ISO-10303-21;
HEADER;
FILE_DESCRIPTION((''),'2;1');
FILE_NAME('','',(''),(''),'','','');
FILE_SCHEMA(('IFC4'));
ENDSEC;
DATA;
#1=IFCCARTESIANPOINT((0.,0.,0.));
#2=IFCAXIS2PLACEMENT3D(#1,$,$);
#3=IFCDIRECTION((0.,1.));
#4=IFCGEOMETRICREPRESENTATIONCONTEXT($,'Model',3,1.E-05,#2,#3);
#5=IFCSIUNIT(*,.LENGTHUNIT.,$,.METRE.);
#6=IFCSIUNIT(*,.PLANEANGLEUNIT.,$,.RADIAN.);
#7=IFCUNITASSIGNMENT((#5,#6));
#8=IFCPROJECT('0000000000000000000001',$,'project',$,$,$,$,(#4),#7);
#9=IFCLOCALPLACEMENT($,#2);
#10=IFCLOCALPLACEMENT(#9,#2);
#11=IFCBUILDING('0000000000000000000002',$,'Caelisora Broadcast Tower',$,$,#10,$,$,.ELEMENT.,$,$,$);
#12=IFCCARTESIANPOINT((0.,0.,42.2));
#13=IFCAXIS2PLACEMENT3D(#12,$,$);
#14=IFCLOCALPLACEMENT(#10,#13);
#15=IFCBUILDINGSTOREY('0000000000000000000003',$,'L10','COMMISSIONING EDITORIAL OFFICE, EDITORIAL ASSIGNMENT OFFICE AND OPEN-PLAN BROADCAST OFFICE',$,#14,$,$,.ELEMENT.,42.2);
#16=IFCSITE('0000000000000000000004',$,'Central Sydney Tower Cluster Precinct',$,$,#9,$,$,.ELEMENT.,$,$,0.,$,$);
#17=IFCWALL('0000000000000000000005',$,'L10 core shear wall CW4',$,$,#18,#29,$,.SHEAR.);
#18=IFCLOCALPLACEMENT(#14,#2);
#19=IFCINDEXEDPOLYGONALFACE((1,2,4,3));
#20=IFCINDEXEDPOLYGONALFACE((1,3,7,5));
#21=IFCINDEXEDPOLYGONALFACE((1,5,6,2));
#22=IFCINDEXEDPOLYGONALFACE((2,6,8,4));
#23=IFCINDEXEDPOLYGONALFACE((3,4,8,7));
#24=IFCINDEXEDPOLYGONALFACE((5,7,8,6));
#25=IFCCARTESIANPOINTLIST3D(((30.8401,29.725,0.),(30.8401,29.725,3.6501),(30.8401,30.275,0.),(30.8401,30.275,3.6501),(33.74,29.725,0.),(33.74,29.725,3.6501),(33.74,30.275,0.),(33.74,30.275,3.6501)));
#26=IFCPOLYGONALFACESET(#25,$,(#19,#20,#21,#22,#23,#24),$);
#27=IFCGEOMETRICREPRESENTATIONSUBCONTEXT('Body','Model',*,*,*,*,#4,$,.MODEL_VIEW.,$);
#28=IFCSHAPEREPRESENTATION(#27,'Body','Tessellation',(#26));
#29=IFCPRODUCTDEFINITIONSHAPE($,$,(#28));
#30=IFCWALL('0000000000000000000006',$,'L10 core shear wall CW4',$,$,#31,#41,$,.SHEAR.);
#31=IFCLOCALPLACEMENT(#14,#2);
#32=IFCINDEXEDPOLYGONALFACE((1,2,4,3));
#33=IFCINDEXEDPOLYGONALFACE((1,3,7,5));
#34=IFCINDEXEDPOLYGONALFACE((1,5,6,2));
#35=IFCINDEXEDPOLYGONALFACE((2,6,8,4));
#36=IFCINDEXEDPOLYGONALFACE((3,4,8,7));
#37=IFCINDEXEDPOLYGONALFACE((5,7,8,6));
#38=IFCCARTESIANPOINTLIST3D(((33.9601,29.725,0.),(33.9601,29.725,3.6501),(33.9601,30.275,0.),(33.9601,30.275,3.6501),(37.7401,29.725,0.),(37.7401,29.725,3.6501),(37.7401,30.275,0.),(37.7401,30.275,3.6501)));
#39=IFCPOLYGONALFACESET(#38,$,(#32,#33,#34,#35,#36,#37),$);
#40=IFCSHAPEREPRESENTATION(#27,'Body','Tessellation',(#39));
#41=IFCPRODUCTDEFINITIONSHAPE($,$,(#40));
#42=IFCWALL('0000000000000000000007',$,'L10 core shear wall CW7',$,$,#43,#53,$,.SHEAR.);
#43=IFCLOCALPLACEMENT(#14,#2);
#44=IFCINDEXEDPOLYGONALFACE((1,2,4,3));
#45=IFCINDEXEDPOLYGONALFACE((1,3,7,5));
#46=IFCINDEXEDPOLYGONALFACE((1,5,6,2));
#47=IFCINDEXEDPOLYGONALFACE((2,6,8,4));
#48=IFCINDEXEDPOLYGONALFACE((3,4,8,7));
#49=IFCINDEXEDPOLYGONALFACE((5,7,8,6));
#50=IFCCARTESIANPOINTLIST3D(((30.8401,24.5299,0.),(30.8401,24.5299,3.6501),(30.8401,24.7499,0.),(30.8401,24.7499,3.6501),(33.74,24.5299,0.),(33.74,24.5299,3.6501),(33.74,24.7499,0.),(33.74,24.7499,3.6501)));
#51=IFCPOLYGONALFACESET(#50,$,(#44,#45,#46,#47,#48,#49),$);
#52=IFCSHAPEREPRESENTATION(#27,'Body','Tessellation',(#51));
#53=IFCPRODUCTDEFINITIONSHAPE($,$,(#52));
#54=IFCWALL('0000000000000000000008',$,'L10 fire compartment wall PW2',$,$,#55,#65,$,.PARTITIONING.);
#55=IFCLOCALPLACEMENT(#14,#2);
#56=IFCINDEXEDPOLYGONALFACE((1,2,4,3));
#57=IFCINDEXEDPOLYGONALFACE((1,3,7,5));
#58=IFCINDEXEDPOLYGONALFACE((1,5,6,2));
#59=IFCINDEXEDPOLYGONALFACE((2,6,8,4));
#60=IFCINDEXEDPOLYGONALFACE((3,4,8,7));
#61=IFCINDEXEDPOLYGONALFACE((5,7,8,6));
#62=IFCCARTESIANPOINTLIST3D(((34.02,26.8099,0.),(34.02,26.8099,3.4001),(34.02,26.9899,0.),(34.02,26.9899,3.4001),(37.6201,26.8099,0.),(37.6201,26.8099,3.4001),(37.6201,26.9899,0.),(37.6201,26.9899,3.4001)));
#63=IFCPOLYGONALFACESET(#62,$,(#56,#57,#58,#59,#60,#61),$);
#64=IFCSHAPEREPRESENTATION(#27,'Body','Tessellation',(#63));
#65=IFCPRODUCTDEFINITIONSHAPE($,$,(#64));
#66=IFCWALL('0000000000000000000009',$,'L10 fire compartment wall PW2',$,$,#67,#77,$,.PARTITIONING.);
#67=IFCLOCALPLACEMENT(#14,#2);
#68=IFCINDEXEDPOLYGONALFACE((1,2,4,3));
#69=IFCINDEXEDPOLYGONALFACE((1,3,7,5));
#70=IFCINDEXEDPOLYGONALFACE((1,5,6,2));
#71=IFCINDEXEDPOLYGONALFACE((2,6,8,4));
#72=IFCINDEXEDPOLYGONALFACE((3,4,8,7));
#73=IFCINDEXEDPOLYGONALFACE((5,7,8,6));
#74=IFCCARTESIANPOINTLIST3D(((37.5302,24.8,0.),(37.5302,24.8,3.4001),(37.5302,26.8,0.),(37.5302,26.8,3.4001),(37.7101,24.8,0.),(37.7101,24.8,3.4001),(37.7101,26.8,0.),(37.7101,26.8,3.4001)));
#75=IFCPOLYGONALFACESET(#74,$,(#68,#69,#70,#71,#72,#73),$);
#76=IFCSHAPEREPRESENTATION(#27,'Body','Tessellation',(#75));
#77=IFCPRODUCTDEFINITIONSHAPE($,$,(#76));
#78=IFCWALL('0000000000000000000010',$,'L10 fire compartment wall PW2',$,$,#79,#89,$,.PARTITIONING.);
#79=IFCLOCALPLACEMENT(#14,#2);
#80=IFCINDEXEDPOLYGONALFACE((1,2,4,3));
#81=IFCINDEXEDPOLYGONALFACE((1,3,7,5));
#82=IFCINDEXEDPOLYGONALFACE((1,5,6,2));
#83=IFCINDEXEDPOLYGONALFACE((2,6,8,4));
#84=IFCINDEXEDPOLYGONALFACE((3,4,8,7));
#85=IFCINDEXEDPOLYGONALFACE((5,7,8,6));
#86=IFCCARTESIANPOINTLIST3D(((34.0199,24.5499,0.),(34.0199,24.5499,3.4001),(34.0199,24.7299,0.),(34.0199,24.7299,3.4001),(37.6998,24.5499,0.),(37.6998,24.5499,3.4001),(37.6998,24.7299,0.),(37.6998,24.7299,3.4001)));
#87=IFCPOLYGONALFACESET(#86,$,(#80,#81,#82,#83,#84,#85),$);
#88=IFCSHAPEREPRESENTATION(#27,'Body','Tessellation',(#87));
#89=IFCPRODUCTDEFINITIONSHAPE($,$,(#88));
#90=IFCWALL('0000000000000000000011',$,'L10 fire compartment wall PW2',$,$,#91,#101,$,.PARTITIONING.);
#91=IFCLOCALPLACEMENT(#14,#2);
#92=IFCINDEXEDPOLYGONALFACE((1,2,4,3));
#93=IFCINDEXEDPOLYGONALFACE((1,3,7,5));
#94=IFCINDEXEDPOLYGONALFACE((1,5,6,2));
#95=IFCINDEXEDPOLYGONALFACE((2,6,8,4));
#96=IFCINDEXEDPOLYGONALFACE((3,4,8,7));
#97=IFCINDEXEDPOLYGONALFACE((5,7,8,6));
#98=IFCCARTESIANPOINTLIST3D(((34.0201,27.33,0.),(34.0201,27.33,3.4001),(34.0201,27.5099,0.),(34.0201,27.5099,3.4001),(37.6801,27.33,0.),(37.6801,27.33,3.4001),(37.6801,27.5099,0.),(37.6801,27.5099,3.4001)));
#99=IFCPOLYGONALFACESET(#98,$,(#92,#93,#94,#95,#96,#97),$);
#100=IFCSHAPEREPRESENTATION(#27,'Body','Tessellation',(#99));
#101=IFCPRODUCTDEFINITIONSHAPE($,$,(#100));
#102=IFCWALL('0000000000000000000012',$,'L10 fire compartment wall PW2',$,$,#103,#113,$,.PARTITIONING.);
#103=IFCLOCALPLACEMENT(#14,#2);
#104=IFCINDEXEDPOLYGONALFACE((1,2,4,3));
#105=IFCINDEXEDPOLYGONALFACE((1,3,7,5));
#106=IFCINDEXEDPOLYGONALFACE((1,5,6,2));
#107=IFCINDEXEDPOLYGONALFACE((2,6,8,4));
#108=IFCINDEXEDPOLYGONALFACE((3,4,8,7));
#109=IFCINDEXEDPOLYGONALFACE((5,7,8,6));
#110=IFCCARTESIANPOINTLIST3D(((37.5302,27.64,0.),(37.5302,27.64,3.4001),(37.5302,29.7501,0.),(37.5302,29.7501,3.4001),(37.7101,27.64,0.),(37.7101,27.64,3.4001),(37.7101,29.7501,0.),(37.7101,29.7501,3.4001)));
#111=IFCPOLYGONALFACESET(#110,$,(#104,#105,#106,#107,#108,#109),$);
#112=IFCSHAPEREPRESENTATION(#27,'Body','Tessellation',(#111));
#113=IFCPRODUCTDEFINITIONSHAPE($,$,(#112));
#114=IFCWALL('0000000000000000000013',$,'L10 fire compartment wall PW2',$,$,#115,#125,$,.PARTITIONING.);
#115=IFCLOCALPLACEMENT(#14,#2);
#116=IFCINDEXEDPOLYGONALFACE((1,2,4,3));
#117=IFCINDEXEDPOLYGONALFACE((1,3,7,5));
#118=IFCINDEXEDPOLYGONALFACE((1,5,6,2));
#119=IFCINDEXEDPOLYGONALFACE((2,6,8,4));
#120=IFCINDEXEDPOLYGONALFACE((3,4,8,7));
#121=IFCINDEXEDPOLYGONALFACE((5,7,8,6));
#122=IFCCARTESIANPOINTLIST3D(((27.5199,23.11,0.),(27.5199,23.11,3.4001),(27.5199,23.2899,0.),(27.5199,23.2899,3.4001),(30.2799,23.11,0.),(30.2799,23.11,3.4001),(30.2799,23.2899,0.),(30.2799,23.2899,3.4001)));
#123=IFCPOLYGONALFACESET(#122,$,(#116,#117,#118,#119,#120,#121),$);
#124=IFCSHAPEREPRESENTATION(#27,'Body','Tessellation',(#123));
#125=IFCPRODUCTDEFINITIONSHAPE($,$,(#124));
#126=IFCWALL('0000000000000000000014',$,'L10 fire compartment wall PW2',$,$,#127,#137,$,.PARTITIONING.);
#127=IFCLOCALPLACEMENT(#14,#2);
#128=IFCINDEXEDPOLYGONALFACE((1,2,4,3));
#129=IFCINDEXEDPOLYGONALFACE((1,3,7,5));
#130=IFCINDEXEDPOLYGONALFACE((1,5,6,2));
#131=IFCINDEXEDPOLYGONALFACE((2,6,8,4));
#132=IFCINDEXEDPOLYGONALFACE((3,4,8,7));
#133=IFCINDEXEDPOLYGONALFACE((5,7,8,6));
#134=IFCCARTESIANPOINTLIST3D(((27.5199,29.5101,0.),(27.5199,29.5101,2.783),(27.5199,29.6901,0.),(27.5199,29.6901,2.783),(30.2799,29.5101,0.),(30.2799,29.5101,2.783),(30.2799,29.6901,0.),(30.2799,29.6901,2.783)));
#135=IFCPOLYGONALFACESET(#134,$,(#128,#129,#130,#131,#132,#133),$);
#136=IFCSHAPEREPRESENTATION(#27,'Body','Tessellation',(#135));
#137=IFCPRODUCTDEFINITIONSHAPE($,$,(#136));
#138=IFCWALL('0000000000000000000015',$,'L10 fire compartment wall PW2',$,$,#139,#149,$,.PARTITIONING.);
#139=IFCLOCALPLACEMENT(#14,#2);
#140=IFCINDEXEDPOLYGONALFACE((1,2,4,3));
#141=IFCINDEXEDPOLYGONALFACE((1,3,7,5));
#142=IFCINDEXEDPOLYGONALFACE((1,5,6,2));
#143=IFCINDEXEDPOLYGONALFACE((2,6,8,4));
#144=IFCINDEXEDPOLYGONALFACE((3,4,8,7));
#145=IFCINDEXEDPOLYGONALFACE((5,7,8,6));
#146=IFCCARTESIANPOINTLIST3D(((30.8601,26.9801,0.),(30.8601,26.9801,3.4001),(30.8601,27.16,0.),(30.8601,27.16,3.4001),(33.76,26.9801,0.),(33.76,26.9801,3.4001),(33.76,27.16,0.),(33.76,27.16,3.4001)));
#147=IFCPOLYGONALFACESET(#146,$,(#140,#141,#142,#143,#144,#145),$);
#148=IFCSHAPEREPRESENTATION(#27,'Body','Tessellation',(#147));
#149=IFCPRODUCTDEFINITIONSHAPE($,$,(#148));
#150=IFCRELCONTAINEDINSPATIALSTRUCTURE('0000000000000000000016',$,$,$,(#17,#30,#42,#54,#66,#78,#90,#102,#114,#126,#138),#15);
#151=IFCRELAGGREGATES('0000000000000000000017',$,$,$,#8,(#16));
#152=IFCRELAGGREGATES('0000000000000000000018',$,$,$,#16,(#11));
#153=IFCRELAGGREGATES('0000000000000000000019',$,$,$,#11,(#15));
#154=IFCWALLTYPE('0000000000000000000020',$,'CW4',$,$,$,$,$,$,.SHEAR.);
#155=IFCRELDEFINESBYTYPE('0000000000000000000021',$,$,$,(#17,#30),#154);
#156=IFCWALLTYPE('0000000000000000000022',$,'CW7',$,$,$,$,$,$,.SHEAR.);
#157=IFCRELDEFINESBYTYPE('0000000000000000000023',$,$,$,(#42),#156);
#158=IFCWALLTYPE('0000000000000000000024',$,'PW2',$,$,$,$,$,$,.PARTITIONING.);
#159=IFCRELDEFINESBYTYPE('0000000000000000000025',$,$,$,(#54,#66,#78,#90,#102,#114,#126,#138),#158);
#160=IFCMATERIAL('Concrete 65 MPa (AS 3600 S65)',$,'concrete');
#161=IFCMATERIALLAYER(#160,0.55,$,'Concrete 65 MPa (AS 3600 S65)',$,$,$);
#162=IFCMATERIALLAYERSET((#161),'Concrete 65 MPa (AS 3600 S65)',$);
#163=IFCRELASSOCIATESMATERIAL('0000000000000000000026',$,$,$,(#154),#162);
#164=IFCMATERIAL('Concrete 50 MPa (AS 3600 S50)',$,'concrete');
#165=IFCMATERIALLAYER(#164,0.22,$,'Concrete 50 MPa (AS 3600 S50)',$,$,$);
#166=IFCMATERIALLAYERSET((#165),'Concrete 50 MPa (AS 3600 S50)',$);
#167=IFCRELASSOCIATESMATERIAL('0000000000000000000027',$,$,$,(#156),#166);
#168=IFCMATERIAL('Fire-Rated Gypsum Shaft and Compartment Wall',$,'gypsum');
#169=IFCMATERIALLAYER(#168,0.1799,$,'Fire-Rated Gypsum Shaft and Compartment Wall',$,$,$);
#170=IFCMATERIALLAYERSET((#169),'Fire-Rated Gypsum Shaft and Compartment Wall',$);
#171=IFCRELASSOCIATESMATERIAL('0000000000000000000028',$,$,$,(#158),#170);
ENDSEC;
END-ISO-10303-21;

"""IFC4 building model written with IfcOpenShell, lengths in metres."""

from ifc_helpers import new_model, si_unit, direction, frame, frame_2d, origin, place, context, subcontext, project, spatial, rectangle, extrude, material, layer, layer_set, type_object, element, save


model = new_model("IFC4")

# Units and contexts
model_context = context("Model", 3, precision=1e-05, world=origin(), true_north=direction((0.0, 1.0)))
body_context = subcontext(model_context, "Body", "Model", "MODEL_VIEW")
ifc_project = project(units=[si_unit("LENGTHUNIT", "METRE"), si_unit("PLANEANGLEUNIT", "RADIAN")], contexts=[model_context])

# Site, building, storey
site_placement = place(None, origin())
site = spatial("IfcSite", under=ifc_project, at=site_placement, Name="Central Sydney Tower Cluster Precinct", CompositionType="ELEMENT", RefElevation=0.0)
building_placement = place(site_placement, origin())
building = spatial("IfcBuilding", under=site, at=building_placement, Name="Caelisora Broadcast Tower", CompositionType="ELEMENT")
storey_placement = place(building_placement, frame((0.0, 0.0, 42.2)))
storey = spatial("IfcBuildingStorey", under=building, at=storey_placement, Name="L10", Description="COMMISSIONING EDITORIAL OFFICE, EDITORIAL ASSIGNMENT OFFICE AND OPEN-PLAN BROADCAST OFFICE", CompositionType="ELEMENT", Elevation=42.2)

# Shared definitions
ifc_material_1 = material(Name="Concrete 50 MPa (AS 3600 S50)", Category="concrete")

# Walls
ifc_material_2 = material(Name="Concrete 65 MPa (AS 3600 S65)", Category="concrete")
ifc_layer_1 = layer(ifc_material_2, 0.55, Name="Concrete 65 MPa (AS 3600 S65)")
ifc_layer_set_1 = layer_set([ifc_layer_1], Name="Concrete 65 MPa (AS 3600 S65)")
wall_type_1 = type_object("IfcWallType", Name="CW4", PredefinedType="SHEAR", material=ifc_layer_set_1)
wall_1_placement = place(storey_placement, frame((30.8401, 30.0, 0.0), z_axis=(0.0, 0.0, 1.0), x_axis=(1.0, 0.0, 0.0)))
element("IfcWall", 1, at=wall_1_placement, inside=storey, type_object=wall_type_1, Name="L10 core shear wall CW4", PredefinedType="SHEAR", context=body_context, shape_type="SweptSolid", body=[
    extrude(rectangle(XDim=2.8999, YDim=0.55, at=frame_2d((1.45, 0.0))), origin(), (0.0, 0.0, 1.0), 3.6501),
])
wall_2_placement = place(storey_placement, frame((33.96, 30.0, 0.0), z_axis=(0.0, 0.0, 1.0), x_axis=(1.0, 0.0, 0.0)))
element("IfcWall", 2, at=wall_2_placement, inside=storey, type_object=wall_type_1, Name="L10 core shear wall CW4", PredefinedType="SHEAR", context=body_context, shape_type="SweptSolid", body=[
    extrude(rectangle(XDim=3.78, YDim=0.55, at=frame_2d((1.8901, 0.0))), origin(), (0.0, 0.0, 1.0), 3.6501),
])
ifc_layer_2 = layer(ifc_material_1, 0.22, Name="Concrete 50 MPa (AS 3600 S50)")
ifc_layer_set_2 = layer_set([ifc_layer_2], Name="Concrete 50 MPa (AS 3600 S50)")
wall_type_2 = type_object("IfcWallType", Name="CW7", PredefinedType="SHEAR", material=ifc_layer_set_2)
wall_3_placement = place(storey_placement, frame((30.8401, 24.6399, 0.0), z_axis=(0.0, 0.0, 1.0), x_axis=(1.0, 0.0, 0.0)))
element("IfcWall", 3, at=wall_3_placement, inside=storey, type_object=wall_type_2, Name="L10 core shear wall CW7", PredefinedType="SHEAR", context=body_context, shape_type="SweptSolid", body=[
    extrude(rectangle(XDim=2.8999, YDim=0.22, at=frame_2d((1.45, 0.0))), origin(), (0.0, 0.0, 1.0), 3.6501),
])
ifc_material_3 = material(Name="Fire-Rated Gypsum Shaft and Compartment Wall", Category="gypsum")
ifc_layer_3 = layer(ifc_material_3, 0.1799, Name="Fire-Rated Gypsum Shaft and Compartment Wall")
ifc_layer_set_3 = layer_set([ifc_layer_3], Name="Fire-Rated Gypsum Shaft and Compartment Wall")
wall_type_3 = type_object("IfcWallType", Name="PW2", PredefinedType="PARTITIONING", material=ifc_layer_set_3)
wall_4_placement = place(storey_placement, frame((34.02, 26.8999, 0.0), z_axis=(0.0, 0.0, 1.0), x_axis=(1.0, 0.0, 0.0)))
element("IfcWall", 4, at=wall_4_placement, inside=storey, type_object=wall_type_3, Name="L10 fire compartment wall PW2", PredefinedType="PARTITIONING", context=body_context, shape_type="SweptSolid", body=[
    extrude(rectangle(XDim=3.6001, YDim=0.1799, at=frame_2d((1.8, 0.0))), origin(), (0.0, 0.0, 1.0), 3.4001),
])
wall_5_placement = place(storey_placement, frame((37.6201, 24.8, 0.0), z_axis=(0.0, 0.0, 1.0), x_axis=(0.0, 1.0, 0.0)))
element("IfcWall", 5, at=wall_5_placement, inside=storey, type_object=wall_type_3, Name="L10 fire compartment wall PW2", PredefinedType="PARTITIONING", context=body_context, shape_type="SweptSolid", body=[
    extrude(rectangle(XDim=2.0, YDim=0.1799, at=frame_2d((1.0, 0.0))), origin(), (0.0, 0.0, 1.0), 3.4001),
])
wall_6_placement = place(storey_placement, frame((34.02, 24.6399, 0.0), z_axis=(0.0, 0.0, 1.0), x_axis=(1.0, 0.0, 0.0)))
element("IfcWall", 6, at=wall_6_placement, inside=storey, type_object=wall_type_3, Name="L10 fire compartment wall PW2", PredefinedType="PARTITIONING", context=body_context, shape_type="SweptSolid", body=[
    extrude(rectangle(XDim=3.6799, YDim=0.1799, at=frame_2d((1.8398, 0.0))), origin(), (0.0, 0.0, 1.0), 3.4001),
])
wall_7_placement = place(storey_placement, frame((34.02, 27.4199, 0.0), z_axis=(0.0, 0.0, 1.0), x_axis=(1.0, 0.0, 0.0)))
element("IfcWall", 7, at=wall_7_placement, inside=storey, type_object=wall_type_3, Name="L10 fire compartment wall PW2", PredefinedType="PARTITIONING", context=body_context, shape_type="SweptSolid", body=[
    extrude(rectangle(XDim=3.6599, YDim=0.1799, at=frame_2d((1.8301, 0.0))), origin(), (0.0, 0.0, 1.0), 3.4001),
])
wall_8_placement = place(storey_placement, frame((37.6201, 27.6399, 0.0), z_axis=(0.0, 0.0, 1.0), x_axis=(0.0, 1.0, 0.0)))
element("IfcWall", 8, at=wall_8_placement, inside=storey, type_object=wall_type_3, Name="L10 fire compartment wall PW2", PredefinedType="PARTITIONING", context=body_context, shape_type="SweptSolid", body=[
    extrude(rectangle(XDim=2.1101, YDim=0.1799, at=frame_2d((1.0552, 0.0))), origin(), (0.0, 0.0, 1.0), 3.4001),
])
wall_9_placement = place(storey_placement, frame((27.52, 23.2, 0.0), z_axis=(0.0, 0.0, 1.0), x_axis=(1.0, 0.0, 0.0)))
element("IfcWall", 9, at=wall_9_placement, inside=storey, type_object=wall_type_3, Name="L10 fire compartment wall PW2", PredefinedType="PARTITIONING", context=body_context, shape_type="SweptSolid", body=[
    extrude(rectangle(XDim=2.76, YDim=0.1799, at=frame_2d((1.3799, 0.0))), origin(), (0.0, 0.0, 1.0), 3.4001),
])
wall_10_placement = place(storey_placement, frame((27.52, 29.6001, 0.0), z_axis=(0.0, 0.0, 1.0), x_axis=(1.0, 0.0, 0.0)))
element("IfcWall", 10, at=wall_10_placement, inside=storey, type_object=wall_type_3, Name="L10 fire compartment wall PW2", PredefinedType="PARTITIONING", context=body_context, shape_type="SweptSolid", body=[
    extrude(rectangle(XDim=2.76, YDim=0.1799, at=frame_2d((1.3799, 0.0))), origin(), (0.0, 0.0, 1.0), 2.783),
])
wall_11_placement = place(storey_placement, frame((30.8601, 27.0701, 0.0), z_axis=(0.0, 0.0, 1.0), x_axis=(1.0, 0.0, 0.0)))
element("IfcWall", 11, at=wall_11_placement, inside=storey, type_object=wall_type_3, Name="L10 fire compartment wall PW2", PredefinedType="PARTITIONING", context=body_context, shape_type="SweptSolid", body=[
    extrude(rectangle(XDim=2.8999, YDim=0.1799, at=frame_2d((1.45, 0.0))), origin(), (0.0, 0.0, 1.0), 3.4001),
])

save(model, "model.ifc")
